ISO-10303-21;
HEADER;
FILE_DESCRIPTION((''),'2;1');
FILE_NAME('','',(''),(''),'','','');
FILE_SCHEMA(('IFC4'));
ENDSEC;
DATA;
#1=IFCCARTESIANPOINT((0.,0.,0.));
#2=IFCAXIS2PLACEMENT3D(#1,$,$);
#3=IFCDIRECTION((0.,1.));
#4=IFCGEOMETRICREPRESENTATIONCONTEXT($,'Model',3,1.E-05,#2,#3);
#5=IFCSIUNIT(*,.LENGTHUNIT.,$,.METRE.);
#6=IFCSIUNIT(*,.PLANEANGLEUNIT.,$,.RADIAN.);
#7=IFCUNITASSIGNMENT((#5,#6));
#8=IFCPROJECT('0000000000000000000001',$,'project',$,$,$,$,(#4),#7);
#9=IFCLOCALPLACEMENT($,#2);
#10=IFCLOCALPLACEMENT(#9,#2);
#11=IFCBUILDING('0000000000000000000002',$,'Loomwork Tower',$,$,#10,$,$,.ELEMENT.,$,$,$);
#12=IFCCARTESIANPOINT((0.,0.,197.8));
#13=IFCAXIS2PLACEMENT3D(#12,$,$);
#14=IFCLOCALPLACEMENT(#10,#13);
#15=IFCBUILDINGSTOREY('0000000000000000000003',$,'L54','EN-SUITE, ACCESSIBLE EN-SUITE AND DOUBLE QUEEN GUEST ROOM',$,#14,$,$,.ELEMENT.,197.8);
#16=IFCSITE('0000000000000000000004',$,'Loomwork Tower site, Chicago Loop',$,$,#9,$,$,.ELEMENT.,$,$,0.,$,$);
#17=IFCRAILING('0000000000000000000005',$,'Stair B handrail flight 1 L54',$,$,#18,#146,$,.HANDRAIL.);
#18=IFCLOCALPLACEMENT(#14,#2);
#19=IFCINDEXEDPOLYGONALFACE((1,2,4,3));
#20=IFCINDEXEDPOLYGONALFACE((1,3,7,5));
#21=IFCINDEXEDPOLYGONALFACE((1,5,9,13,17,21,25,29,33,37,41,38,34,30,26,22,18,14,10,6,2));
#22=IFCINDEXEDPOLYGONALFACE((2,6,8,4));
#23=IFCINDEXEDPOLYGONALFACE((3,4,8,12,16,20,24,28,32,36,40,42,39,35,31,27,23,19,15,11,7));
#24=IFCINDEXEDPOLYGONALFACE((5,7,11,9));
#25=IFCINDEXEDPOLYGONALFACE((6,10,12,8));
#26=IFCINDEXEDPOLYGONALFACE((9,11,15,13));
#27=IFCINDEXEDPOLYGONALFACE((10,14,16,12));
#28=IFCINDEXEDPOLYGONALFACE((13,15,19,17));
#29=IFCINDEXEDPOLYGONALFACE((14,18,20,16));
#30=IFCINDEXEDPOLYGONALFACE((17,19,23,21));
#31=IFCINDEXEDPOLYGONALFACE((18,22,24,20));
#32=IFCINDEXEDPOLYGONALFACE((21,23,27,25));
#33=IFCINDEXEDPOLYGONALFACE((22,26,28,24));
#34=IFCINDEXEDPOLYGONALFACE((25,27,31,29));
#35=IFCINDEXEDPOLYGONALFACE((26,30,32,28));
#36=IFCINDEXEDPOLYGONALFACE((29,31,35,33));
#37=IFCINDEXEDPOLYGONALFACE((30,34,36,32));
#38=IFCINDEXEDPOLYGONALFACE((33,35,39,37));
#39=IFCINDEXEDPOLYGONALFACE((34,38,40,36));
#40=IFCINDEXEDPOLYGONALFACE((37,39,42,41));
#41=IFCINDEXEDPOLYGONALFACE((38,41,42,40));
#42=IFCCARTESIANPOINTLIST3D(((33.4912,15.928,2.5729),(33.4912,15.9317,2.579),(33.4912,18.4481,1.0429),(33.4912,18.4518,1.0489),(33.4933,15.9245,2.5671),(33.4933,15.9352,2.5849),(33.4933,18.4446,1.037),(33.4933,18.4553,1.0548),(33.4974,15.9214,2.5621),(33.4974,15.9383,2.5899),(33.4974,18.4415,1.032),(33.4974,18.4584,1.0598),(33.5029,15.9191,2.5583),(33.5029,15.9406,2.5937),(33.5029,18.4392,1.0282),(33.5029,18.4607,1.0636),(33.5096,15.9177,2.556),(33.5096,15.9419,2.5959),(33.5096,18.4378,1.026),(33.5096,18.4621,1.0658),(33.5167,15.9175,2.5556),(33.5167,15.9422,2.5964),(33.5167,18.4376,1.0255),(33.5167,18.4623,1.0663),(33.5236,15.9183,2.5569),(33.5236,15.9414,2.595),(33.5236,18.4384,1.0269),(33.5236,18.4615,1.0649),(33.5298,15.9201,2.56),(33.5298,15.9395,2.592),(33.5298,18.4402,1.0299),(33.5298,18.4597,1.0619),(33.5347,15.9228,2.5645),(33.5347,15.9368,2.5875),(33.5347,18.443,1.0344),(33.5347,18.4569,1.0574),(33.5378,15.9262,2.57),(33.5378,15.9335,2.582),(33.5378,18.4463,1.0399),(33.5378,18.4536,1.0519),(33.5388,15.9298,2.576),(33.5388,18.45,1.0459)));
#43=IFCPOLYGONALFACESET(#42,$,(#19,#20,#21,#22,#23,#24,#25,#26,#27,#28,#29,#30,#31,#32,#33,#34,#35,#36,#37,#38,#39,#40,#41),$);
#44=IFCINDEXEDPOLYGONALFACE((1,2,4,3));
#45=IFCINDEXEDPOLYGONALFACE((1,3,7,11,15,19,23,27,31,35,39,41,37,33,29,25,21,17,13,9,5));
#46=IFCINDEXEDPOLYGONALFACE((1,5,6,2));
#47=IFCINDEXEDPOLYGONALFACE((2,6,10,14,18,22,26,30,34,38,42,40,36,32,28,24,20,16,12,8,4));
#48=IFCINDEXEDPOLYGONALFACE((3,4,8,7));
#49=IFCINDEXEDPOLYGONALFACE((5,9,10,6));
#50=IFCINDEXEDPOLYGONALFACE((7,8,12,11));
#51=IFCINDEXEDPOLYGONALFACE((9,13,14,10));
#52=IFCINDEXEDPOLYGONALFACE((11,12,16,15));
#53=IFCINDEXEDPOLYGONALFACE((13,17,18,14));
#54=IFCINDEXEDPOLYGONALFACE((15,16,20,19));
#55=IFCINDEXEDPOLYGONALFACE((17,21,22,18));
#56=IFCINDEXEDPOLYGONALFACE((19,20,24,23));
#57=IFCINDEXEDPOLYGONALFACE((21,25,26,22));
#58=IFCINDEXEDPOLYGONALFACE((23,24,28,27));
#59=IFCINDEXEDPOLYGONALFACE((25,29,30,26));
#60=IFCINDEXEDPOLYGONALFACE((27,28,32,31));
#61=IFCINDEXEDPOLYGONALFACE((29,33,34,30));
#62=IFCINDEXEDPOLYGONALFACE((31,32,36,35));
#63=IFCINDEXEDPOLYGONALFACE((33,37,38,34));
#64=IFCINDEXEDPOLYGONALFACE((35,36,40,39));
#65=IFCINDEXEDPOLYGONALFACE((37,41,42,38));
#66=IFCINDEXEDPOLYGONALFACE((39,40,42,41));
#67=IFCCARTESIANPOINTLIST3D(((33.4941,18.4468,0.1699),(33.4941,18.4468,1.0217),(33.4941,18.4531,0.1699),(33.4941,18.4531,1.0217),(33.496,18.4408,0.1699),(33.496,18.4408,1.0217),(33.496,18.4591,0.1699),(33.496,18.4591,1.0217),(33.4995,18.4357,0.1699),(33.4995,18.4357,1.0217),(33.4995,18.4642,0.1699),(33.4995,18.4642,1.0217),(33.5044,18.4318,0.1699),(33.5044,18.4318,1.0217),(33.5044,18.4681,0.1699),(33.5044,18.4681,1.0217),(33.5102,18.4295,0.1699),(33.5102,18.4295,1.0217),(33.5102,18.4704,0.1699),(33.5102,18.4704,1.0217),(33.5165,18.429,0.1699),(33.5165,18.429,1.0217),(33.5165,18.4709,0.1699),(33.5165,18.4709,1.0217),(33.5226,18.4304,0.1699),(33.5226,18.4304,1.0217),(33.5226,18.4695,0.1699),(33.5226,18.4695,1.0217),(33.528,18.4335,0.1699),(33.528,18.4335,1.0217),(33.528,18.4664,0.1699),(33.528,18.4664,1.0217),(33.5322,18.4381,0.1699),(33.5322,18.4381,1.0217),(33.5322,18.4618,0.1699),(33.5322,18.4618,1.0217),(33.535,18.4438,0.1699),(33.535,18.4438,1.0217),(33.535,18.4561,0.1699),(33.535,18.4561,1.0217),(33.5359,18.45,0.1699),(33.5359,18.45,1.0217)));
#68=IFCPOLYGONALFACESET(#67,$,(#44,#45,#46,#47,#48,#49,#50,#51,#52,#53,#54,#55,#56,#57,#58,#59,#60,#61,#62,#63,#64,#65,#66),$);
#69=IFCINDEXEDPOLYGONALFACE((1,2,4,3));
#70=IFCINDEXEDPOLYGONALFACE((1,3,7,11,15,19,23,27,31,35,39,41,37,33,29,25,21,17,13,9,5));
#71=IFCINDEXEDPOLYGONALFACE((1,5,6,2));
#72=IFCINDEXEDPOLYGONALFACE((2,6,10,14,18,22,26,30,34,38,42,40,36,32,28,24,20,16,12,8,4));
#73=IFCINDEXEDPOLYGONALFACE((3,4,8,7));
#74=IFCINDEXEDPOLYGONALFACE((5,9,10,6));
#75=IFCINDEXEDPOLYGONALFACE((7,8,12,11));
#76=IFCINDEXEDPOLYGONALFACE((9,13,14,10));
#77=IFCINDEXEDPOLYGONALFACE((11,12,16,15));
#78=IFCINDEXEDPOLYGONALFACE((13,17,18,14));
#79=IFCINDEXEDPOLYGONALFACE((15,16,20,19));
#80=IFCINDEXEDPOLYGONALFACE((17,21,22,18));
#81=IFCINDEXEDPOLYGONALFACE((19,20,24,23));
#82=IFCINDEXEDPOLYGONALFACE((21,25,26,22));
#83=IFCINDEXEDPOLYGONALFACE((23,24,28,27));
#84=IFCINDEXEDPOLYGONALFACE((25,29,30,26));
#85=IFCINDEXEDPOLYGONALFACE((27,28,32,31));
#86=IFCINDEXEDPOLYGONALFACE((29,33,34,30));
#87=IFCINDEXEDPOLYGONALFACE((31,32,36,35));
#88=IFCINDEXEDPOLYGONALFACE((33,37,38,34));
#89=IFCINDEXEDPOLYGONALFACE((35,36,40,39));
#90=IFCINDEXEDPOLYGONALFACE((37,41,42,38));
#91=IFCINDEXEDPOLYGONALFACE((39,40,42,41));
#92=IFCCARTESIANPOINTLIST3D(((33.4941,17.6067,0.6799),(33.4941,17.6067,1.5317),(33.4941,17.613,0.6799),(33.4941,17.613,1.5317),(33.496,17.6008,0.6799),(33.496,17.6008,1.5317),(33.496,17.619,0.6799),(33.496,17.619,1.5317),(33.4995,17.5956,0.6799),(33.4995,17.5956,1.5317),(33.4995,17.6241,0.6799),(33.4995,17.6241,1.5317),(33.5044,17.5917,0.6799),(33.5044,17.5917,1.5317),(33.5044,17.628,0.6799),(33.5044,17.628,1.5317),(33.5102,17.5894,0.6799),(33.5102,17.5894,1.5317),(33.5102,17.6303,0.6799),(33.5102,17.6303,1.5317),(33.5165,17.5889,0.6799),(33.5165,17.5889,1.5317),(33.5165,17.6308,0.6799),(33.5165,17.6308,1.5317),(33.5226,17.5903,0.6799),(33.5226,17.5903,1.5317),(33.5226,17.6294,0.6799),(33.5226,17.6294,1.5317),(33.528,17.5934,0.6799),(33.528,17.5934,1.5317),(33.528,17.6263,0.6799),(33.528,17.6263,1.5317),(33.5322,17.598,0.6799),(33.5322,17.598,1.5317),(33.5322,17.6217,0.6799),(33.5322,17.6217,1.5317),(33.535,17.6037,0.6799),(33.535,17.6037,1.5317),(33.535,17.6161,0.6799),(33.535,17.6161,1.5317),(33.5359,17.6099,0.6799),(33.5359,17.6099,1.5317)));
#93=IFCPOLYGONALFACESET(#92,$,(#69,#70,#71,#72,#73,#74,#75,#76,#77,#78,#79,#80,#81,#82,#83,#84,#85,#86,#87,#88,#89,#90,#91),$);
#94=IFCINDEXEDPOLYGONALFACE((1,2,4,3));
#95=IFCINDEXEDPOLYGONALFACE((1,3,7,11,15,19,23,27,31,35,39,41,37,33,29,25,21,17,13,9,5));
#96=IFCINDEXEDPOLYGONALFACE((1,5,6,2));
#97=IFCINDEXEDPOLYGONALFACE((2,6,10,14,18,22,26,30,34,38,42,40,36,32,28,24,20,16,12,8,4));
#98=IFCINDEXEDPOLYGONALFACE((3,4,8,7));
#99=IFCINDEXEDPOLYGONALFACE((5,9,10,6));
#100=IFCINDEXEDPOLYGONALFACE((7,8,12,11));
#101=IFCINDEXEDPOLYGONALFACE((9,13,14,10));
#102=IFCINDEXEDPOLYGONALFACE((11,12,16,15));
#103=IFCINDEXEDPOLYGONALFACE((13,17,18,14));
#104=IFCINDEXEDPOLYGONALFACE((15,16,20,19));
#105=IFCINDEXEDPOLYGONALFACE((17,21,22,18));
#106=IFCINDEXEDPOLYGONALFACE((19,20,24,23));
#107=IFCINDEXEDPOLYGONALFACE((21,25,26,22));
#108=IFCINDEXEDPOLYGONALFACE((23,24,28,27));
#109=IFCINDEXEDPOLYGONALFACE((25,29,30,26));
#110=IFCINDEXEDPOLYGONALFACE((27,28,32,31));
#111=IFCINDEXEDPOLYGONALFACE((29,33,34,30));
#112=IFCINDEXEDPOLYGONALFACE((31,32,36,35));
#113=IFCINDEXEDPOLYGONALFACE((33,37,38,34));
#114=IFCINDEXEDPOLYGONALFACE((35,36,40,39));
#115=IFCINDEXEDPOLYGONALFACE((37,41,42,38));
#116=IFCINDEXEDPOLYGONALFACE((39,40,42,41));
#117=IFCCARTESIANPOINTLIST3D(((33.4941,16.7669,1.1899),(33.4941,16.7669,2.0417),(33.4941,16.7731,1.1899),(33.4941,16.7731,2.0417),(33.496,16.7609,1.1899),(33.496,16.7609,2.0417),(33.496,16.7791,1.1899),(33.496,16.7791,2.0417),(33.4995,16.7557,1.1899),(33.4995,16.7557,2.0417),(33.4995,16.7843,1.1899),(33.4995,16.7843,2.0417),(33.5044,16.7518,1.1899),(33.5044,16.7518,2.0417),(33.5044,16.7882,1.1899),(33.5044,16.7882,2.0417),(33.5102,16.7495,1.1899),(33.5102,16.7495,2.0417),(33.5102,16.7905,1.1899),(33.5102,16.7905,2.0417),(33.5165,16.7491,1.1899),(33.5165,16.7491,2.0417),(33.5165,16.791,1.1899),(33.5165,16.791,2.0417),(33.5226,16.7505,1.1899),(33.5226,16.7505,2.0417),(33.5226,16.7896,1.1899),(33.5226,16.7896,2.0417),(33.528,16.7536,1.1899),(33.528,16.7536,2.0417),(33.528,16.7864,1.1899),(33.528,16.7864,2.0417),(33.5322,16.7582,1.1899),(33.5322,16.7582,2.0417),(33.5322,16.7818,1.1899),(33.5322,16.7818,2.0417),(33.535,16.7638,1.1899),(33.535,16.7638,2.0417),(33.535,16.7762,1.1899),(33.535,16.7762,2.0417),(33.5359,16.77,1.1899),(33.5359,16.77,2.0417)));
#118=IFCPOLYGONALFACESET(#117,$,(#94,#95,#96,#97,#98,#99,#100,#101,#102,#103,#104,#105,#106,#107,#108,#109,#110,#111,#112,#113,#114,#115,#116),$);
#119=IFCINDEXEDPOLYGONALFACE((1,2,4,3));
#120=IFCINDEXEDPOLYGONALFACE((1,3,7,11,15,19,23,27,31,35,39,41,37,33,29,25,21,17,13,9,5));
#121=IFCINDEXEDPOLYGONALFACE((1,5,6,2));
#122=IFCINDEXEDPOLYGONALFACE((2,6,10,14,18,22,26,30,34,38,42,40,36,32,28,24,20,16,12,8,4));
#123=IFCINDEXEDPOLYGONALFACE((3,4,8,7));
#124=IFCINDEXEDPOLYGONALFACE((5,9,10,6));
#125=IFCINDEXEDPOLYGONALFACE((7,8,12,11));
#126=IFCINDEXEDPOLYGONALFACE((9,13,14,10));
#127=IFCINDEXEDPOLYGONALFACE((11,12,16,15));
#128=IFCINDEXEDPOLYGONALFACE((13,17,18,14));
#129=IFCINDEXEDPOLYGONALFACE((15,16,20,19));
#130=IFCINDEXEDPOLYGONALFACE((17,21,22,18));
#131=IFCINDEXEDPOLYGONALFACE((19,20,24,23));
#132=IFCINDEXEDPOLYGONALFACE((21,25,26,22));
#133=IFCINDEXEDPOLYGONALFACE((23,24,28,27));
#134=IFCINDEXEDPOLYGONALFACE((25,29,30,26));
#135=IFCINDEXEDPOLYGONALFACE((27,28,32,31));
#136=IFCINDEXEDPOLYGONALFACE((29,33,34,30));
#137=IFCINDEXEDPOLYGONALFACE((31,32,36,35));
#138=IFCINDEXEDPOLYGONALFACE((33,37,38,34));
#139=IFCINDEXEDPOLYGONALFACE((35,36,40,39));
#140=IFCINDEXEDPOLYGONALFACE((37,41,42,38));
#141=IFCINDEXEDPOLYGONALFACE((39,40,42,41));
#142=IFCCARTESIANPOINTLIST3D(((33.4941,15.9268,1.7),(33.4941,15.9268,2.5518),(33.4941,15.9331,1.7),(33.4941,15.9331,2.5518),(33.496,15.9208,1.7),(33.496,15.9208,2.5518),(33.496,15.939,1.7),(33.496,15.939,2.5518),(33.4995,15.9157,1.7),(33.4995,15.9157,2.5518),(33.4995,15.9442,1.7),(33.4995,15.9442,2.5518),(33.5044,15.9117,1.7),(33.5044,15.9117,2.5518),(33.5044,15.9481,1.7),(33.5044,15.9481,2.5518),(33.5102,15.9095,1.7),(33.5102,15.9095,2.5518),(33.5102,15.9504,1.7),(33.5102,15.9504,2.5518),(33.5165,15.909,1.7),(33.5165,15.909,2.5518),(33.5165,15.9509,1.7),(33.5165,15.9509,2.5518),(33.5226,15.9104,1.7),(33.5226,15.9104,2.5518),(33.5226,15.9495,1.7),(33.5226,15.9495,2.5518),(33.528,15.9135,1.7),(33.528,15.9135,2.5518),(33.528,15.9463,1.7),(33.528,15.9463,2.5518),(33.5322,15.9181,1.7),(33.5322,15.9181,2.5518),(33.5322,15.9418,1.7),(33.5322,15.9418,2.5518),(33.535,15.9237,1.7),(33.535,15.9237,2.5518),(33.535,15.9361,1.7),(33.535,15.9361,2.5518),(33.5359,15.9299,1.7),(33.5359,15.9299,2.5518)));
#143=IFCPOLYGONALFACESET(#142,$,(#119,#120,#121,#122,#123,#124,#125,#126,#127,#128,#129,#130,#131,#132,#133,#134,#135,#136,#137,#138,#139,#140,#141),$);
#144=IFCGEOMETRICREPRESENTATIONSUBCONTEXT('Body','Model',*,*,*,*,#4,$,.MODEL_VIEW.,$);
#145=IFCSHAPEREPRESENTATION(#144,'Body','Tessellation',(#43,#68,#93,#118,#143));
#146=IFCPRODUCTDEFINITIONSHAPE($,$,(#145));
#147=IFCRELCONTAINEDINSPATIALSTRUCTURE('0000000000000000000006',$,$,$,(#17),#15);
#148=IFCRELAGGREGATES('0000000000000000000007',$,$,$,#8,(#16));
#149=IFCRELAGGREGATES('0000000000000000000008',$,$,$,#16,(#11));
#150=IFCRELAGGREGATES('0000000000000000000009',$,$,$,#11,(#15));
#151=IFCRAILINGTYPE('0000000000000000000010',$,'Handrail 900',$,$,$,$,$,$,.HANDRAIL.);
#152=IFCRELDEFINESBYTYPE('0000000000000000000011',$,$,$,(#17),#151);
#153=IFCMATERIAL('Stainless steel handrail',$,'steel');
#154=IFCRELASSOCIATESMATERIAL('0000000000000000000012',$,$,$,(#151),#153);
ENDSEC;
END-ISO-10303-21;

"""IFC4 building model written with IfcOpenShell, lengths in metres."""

from ifc_helpers import new_model, si_unit, direction, frame, origin, origin_2d, place, context, subcontext, project, spatial, circle, extrude, material, type_object, element, save


model = new_model("IFC4")

# Units and contexts
model_context = context("Model", 3, precision=1e-05, world=origin(), true_north=direction((0.0, 1.0)))
body_context = subcontext(model_context, "Body", "Model", "MODEL_VIEW")
ifc_project = project(units=[si_unit("LENGTHUNIT", "METRE"), si_unit("PLANEANGLEUNIT", "RADIAN")], contexts=[model_context])

# Site, building, storey
site_placement = place(None, origin())
site = spatial("IfcSite", under=ifc_project, at=site_placement, Name="Loomwork Tower site, Chicago Loop", CompositionType="ELEMENT", RefElevation=0.0)
building_placement = place(site_placement, origin())
building = spatial("IfcBuilding", under=site, at=building_placement, Name="Loomwork Tower", CompositionType="ELEMENT")
storey_placement = place(building_placement, frame((0.0, 0.0, 197.8)))
storey = spatial("IfcBuildingStorey", under=building, at=storey_placement, Name="L54", Description="EN-SUITE, ACCESSIBLE EN-SUITE AND DOUBLE QUEEN GUEST ROOM", CompositionType="ELEMENT", Elevation=197.8)

# Railing
ifc_material_1 = material(Name="Stainless steel handrail", Category="steel")
railing_type = type_object("IfcRailingType", Name="Handrail 900", PredefinedType="HANDRAIL", material=ifc_material_1)
railing_1_placement = place(storey_placement, frame((33.5149, 18.45, 0.1699)))
element("IfcRailing", 1, at=railing_1_placement, inside=storey, type_object=railing_type, Name="Stair B handrail flight 1 L54", PredefinedType="HANDRAIL", context=body_context, shape_type="SweptSolid", body=[
    extrude(circle(Radius=0.0239, at=origin_2d()), frame((0.0, 0.0, 0.876), z_axis=(0.0, -0.854785, 0.518982), x_axis=(1.0, 0.0, 0.0)), (0.0, 0.0, 1.0), 2.9482),
    extrude(circle(Radius=0.021, at=origin_2d()), origin(), (0.0, 0.0, 1.0), 0.8518),
    extrude(circle(Radius=0.021, at=origin_2d()), frame((0.0, -0.8401, 0.51)), (0.0, 0.0, 1.0), 0.8518),
    extrude(circle(Radius=0.021, at=origin_2d()), frame((0.0, -1.6799, 1.02)), (0.0, 0.0, 1.0), 0.8518),
    extrude(circle(Radius=0.021, at=origin_2d()), frame((0.0, -2.52, 1.53)), (0.0, 0.0, 1.0), 0.8518),
])

save(model, "model.ifc")
